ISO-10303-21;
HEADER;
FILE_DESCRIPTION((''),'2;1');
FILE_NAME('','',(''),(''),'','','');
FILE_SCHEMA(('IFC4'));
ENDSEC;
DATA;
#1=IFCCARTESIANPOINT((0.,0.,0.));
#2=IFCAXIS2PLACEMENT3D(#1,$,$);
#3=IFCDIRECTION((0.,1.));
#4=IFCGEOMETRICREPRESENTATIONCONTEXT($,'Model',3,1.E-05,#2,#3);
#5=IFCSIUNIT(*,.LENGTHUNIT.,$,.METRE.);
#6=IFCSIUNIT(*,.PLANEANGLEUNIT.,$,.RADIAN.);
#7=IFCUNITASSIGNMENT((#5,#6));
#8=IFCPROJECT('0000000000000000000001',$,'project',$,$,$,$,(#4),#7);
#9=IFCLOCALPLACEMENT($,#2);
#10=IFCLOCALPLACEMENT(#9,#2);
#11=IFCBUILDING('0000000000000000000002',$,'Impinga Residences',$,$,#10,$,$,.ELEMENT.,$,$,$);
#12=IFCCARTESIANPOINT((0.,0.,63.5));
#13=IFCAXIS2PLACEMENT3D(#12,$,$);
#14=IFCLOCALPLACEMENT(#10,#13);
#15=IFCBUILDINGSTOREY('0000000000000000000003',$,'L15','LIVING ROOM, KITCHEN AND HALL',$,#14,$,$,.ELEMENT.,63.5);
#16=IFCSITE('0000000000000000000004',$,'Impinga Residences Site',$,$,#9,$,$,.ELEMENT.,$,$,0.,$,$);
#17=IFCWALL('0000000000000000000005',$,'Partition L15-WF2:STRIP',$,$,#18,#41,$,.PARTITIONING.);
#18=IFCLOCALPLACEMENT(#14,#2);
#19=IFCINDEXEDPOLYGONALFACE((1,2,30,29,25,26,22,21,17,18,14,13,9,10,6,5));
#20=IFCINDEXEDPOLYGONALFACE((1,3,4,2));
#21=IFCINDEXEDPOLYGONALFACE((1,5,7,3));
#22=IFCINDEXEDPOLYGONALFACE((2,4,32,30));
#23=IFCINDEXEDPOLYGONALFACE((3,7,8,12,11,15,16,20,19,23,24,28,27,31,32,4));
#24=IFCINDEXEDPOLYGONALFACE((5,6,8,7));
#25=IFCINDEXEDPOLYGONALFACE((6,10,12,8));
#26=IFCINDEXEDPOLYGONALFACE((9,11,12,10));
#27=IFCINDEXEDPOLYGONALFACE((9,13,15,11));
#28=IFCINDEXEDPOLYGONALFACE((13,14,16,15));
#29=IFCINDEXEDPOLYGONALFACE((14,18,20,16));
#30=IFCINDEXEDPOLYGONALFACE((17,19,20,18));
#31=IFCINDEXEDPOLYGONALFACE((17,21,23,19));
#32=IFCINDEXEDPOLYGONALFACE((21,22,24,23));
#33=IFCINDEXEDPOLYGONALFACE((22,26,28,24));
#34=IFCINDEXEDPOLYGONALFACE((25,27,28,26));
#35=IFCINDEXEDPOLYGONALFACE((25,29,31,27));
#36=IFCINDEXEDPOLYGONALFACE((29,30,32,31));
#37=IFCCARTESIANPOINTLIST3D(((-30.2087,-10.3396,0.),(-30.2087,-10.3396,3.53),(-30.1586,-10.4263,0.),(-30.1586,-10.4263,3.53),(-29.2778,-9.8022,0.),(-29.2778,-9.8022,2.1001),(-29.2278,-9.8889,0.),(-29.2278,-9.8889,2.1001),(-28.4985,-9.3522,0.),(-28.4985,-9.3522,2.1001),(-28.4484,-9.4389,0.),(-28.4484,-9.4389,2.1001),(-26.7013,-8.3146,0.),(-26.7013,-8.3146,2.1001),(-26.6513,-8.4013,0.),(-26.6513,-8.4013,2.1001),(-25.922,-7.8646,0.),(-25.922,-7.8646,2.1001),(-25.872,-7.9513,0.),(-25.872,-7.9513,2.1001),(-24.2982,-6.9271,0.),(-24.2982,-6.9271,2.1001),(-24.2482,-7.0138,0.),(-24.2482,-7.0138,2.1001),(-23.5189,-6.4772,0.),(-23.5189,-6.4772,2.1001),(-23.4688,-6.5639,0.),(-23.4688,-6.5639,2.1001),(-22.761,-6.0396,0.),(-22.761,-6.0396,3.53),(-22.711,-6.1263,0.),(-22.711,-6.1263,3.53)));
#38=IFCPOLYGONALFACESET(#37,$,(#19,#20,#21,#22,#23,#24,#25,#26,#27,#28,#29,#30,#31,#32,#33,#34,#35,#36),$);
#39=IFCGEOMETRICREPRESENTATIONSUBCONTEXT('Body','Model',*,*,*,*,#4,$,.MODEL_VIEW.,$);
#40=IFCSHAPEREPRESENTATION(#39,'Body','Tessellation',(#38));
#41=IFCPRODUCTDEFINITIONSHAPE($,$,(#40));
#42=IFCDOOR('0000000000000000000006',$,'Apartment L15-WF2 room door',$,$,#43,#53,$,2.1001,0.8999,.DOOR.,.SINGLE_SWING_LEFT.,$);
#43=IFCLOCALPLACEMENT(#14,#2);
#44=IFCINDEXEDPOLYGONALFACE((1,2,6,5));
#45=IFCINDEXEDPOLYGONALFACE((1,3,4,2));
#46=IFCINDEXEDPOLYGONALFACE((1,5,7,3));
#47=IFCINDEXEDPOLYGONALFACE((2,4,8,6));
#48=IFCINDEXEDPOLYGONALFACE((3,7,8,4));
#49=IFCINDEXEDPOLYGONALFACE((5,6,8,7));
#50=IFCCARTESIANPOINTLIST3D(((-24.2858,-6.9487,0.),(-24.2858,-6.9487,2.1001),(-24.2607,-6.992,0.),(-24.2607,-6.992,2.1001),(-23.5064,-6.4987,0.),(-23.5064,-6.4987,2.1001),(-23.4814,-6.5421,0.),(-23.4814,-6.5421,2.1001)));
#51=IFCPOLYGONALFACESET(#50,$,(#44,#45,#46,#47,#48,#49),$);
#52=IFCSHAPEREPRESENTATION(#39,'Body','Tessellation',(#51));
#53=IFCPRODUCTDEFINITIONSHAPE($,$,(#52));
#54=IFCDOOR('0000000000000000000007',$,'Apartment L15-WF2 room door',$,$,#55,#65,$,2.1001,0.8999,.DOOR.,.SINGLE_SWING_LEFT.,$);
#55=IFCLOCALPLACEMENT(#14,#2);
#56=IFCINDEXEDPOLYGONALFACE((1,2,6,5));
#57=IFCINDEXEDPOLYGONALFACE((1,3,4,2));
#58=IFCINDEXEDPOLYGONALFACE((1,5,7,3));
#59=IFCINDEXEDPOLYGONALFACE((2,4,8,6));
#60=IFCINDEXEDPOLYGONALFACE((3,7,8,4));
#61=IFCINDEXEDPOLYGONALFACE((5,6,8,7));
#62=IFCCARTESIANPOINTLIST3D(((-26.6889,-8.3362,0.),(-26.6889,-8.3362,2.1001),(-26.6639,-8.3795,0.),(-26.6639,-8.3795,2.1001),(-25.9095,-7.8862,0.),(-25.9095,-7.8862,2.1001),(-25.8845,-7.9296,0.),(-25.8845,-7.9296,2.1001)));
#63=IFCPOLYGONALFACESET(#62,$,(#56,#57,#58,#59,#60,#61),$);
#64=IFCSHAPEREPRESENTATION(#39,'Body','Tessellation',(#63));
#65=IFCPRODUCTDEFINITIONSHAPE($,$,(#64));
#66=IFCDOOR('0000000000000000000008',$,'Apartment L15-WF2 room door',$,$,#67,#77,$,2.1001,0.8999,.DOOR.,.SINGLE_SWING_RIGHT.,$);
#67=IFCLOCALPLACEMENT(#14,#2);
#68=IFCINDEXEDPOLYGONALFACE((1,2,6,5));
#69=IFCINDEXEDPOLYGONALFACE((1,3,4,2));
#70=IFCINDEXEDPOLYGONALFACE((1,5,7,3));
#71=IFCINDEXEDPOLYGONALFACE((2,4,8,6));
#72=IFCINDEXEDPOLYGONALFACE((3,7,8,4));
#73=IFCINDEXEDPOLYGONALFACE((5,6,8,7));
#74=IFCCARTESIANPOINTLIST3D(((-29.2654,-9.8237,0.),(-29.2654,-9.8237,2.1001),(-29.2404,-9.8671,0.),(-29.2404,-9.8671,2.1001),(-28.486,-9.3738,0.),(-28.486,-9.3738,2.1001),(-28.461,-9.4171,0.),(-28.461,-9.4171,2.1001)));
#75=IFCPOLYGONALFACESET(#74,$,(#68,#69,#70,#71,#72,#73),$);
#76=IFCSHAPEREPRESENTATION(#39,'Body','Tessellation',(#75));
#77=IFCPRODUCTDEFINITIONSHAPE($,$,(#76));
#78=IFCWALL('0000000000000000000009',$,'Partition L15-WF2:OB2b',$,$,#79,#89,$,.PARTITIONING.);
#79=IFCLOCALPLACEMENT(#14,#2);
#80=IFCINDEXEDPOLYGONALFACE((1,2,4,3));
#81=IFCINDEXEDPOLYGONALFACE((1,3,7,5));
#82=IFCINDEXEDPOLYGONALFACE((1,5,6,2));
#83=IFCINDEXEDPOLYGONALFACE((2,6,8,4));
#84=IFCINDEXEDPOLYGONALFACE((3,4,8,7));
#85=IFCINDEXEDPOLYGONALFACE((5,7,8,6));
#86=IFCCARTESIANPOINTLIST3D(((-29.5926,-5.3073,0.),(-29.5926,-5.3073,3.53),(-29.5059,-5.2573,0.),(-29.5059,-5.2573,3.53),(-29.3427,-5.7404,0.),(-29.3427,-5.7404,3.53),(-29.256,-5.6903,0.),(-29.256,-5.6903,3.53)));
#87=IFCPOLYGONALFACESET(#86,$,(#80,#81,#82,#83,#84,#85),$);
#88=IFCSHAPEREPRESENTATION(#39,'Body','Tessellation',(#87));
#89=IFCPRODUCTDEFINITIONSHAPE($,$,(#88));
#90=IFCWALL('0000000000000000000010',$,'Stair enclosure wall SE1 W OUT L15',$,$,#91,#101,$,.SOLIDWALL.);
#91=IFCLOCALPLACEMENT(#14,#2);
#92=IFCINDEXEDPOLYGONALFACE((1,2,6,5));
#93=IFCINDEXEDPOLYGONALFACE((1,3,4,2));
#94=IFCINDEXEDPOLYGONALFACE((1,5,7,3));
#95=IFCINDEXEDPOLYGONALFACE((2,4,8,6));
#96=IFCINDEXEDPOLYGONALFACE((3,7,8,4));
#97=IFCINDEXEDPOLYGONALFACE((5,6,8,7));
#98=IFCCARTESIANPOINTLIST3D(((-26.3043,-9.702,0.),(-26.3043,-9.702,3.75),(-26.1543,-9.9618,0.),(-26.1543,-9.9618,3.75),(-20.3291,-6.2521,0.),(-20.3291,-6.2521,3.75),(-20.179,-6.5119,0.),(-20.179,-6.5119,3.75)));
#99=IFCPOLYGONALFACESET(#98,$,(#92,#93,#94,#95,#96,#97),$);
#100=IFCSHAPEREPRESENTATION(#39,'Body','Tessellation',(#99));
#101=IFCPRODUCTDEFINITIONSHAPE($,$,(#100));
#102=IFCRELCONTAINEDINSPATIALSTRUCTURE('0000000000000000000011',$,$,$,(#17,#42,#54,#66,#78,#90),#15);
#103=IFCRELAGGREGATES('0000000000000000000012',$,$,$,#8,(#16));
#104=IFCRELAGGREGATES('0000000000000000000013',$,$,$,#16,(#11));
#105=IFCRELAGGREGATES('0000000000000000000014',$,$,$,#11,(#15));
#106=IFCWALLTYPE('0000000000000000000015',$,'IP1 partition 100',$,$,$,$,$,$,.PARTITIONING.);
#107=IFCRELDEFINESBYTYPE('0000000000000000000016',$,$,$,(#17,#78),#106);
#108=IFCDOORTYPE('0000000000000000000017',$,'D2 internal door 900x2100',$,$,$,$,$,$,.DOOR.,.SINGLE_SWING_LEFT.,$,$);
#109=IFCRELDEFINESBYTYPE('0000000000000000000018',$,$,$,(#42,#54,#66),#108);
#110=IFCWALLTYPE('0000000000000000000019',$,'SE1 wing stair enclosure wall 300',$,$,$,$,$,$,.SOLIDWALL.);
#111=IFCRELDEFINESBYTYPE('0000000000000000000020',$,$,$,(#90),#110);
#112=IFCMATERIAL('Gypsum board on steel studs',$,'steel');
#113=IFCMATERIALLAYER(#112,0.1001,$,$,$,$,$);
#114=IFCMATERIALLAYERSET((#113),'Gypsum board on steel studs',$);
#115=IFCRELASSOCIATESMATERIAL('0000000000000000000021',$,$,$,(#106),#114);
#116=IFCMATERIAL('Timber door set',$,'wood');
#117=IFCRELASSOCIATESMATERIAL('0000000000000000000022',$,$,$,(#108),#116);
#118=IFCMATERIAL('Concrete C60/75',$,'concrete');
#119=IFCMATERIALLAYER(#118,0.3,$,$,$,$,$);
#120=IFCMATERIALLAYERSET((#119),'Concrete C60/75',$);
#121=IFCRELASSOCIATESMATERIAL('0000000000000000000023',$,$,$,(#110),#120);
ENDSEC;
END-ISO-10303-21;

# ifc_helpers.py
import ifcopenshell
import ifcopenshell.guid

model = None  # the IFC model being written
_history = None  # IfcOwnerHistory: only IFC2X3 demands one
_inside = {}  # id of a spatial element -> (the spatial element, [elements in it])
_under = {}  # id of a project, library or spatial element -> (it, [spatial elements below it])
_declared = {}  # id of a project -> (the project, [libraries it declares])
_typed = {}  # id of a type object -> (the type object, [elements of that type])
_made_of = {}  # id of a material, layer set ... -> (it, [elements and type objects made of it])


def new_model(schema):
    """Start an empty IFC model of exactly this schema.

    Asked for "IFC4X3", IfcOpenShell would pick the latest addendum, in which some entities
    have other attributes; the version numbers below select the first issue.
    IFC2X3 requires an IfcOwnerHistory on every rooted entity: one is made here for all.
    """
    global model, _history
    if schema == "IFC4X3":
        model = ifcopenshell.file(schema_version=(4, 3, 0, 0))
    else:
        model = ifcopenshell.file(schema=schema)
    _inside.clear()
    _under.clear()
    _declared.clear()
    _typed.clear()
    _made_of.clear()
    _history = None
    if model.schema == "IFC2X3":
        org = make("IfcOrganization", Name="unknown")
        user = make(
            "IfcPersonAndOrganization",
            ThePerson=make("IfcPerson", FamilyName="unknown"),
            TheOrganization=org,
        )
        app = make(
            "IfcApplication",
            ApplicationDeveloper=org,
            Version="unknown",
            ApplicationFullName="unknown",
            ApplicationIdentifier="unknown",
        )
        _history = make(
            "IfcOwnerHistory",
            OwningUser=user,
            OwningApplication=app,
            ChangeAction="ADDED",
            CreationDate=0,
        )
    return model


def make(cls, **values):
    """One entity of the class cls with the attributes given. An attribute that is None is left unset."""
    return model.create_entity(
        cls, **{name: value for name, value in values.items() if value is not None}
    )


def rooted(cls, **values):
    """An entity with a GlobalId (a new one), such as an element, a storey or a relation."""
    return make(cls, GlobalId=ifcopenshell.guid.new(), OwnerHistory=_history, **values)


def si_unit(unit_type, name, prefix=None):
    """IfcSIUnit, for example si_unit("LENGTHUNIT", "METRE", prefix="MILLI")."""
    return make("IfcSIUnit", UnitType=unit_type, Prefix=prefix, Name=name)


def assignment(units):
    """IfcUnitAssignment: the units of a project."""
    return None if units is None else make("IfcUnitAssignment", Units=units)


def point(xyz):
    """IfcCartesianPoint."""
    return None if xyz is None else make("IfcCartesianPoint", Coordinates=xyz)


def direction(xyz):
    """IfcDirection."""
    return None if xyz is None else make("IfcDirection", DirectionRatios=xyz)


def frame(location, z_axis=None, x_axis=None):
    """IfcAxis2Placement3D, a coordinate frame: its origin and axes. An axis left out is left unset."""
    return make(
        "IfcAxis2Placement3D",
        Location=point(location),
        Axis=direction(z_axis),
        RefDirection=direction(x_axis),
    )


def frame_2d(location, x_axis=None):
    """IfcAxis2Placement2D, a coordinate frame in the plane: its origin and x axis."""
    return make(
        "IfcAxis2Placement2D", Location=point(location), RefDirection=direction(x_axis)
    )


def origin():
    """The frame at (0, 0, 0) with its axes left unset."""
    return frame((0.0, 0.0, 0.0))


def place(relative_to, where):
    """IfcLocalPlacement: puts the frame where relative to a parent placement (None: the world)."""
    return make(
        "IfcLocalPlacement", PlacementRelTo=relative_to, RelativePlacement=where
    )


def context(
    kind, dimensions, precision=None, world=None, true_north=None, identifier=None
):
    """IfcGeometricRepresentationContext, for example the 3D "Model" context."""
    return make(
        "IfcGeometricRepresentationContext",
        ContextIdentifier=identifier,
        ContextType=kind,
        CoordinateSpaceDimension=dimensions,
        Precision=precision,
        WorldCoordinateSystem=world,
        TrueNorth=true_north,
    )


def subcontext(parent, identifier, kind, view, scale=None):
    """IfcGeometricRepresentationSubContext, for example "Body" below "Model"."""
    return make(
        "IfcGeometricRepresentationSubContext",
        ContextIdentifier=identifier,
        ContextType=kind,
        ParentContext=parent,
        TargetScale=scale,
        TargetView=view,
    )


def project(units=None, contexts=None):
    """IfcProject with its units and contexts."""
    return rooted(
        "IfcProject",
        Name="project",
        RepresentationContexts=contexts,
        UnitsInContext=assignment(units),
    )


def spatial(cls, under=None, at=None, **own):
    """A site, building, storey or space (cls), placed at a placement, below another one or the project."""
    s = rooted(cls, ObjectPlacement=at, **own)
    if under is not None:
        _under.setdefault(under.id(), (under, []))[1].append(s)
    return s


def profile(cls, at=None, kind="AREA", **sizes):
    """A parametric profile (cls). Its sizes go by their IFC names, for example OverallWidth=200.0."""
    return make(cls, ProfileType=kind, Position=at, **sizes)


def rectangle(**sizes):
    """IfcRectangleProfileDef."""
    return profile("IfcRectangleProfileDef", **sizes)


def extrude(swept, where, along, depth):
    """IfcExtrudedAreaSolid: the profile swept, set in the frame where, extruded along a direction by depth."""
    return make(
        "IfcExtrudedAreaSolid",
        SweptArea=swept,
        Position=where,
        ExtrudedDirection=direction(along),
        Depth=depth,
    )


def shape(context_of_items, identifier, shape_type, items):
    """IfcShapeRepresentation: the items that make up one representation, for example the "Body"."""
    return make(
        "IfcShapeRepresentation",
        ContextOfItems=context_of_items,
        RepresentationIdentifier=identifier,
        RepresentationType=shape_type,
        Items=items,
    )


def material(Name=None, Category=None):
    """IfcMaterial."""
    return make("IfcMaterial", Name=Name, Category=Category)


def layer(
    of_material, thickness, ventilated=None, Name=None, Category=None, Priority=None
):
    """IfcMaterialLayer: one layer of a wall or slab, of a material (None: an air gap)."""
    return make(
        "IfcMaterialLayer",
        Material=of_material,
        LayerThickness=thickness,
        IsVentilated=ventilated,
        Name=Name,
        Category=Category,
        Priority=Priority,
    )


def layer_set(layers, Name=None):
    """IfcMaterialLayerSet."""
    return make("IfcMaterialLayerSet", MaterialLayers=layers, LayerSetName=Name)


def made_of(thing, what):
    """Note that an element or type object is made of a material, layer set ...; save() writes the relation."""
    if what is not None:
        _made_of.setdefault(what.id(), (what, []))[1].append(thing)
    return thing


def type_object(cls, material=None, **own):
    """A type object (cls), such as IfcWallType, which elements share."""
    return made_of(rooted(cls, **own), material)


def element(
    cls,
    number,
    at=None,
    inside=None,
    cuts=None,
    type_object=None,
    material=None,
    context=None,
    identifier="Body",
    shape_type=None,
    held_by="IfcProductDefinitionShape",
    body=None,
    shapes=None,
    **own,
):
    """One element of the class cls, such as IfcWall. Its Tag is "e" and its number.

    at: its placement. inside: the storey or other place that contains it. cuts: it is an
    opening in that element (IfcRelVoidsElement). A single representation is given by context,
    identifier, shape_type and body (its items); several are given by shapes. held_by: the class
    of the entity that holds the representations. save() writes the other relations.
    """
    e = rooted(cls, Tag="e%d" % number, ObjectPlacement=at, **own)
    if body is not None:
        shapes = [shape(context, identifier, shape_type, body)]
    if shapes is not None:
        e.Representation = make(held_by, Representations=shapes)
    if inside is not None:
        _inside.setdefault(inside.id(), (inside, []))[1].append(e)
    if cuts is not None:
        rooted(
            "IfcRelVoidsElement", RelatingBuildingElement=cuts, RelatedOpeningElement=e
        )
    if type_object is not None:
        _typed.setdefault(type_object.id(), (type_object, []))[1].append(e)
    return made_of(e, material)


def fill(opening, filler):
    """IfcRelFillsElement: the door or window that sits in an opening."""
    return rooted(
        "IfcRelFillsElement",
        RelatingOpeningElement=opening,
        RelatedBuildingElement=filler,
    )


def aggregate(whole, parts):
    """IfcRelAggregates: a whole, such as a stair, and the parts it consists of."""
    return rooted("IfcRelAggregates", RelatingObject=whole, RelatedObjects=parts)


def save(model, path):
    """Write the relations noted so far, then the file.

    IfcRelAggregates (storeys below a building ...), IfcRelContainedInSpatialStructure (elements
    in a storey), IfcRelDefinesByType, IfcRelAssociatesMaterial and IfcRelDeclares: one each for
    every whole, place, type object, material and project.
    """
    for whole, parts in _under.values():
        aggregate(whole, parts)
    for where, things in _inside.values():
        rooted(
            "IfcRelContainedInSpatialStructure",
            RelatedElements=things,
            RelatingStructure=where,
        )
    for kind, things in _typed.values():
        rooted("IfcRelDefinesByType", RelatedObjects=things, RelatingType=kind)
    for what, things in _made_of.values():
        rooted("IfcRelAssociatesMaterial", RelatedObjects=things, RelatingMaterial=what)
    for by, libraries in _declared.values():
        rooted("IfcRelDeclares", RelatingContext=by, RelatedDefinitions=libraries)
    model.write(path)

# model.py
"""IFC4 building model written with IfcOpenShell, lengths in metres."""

from ifc_helpers import new_model, si_unit, direction, frame, frame_2d, origin, place, context, subcontext, project, spatial, rectangle, extrude, material, layer, layer_set, type_object, element, fill, save


model = new_model("IFC4")

# Units and contexts
model_context = context("Model", 3, precision=1e-05, world=origin(), true_north=direction((0.0, 1.0)))
body_context = subcontext(model_context, "Body", "Model", "MODEL_VIEW")
ifc_project = project(units=[si_unit("LENGTHUNIT", "METRE"), si_unit("PLANEANGLEUNIT", "RADIAN")], contexts=[model_context])

# Site, building, storey
site_placement = place(None, origin())
site = spatial("IfcSite", under=ifc_project, at=site_placement, Name="Impinga Residences Site", CompositionType="ELEMENT", RefElevation=0.0)
building_placement = place(site_placement, origin())
building = spatial("IfcBuilding", under=site, at=building_placement, Name="Impinga Residences", CompositionType="ELEMENT")
storey_placement = place(building_placement, frame((0.0, 0.0, 63.5)))
storey = spatial("IfcBuildingStorey", under=building, at=storey_placement, Name="L15", Description="LIVING ROOM, KITCHEN AND HALL", CompositionType="ELEMENT", Elevation=63.5)

# Shared definitions
ifc_material_1 = material(Name="Concrete C60/75", Category="concrete")

# Shared definitions
ifc_material_2 = material(Name="Gypsum board on steel studs", Category="steel")
ifc_layer_1 = layer(ifc_material_2, 0.1001)
ifc_layer_set_1 = layer_set([ifc_layer_1], Name="Gypsum board on steel studs")
wall_type_1 = type_object("IfcWallType", Name="IP1 partition 100", PredefinedType="PARTITIONING", material=ifc_layer_set_1)

# Wall, openings, doors
wall_1_placement = place(storey_placement, frame((-22.7361, -6.083, 0.0), z_axis=(0.0, 0.0, 1.0), x_axis=(-0.866021, -0.500008, 0.0)))
wall_1 = element("IfcWall", 1, at=wall_1_placement, inside=storey, type_object=wall_type_1, Name="Partition L15-WF2:STRIP", PredefinedType="PARTITIONING", context=body_context, shape_type="SweptSolid", body=[
    extrude(rectangle(XDim=8.5999, YDim=0.1001, at=frame_2d((4.2998, 0.0))), origin(), (0.0, 0.0, 1.0), 3.53),
])
opening_1_placement = place(wall_1_placement, frame((0.875, 0.0, 0.0)))
opening_1 = element("IfcOpeningElement", 2, at=opening_1_placement, cuts=wall_1, PredefinedType="OPENING", context=body_context, shape_type="SweptSolid", body=[
    extrude(rectangle(XDim=0.8999, YDim=2.1001, at=frame_2d((0.45, 1.05))), frame((0.0, 0.0601, 0.0), z_axis=(0.0, -1.0, 0.0), x_axis=(1.0, 0.0, 0.0)), (0.0, 0.0, 1.0), 0.1201),
])
opening_2_placement = place(wall_1_placement, frame((3.6499, 0.0, 0.0)))
opening_2 = element("IfcOpeningElement", 3, at=opening_2_placement, cuts=wall_1, PredefinedType="OPENING", context=body_context, shape_type="SweptSolid", body=[
    extrude(rectangle(XDim=0.8999, YDim=2.1001, at=frame_2d((0.45, 1.05))), frame((0.0, 0.0601, 0.0), z_axis=(0.0, -1.0, 0.0), x_axis=(1.0, 0.0, 0.0)), (0.0, 0.0, 1.0), 0.1201),
])
opening_3_placement = place(wall_1_placement, frame((6.625, 0.0, 0.0)))
opening_3 = element("IfcOpeningElement", 4, at=opening_3_placement, cuts=wall_1, PredefinedType="OPENING", context=body_context, shape_type="SweptSolid", body=[
    extrude(rectangle(XDim=0.8999, YDim=2.1001, at=frame_2d((0.45, 1.05))), frame((0.0, 0.0601, 0.0), z_axis=(0.0, -1.0, 0.0), x_axis=(1.0, 0.0, 0.0)), (0.0, 0.0, 1.0), 0.1201),
])
ifc_material_3 = material(Name="Timber door set", Category="wood")
door_type = type_object("IfcDoorType", Name="D2 internal door 900x2100", OperationType="SINGLE_SWING_LEFT", PredefinedType="DOOR", material=ifc_material_3)
door_1_placement = place(opening_1_placement, origin())
door_1 = element("IfcDoor", 5, at=door_1_placement, inside=storey, type_object=door_type, Name="Apartment L15-WF2 room door", OperationType="SINGLE_SWING_LEFT", OverallHeight=2.1001, OverallWidth=0.8999, PredefinedType="DOOR", context=body_context, shape_type="SweptSolid", body=[
    extrude(rectangle(XDim=0.8999, YDim=2.1001, at=frame_2d((0.45, 1.05))), frame((0.0, 0.0249, 0.0), z_axis=(0.0, -1.0, 0.0), x_axis=(1.0, 0.0, 0.0)), (0.0, 0.0, 1.0), 0.05),
])
fill(opening_1, door_1)
door_2_placement = place(opening_2_placement, origin())
door_2 = element("IfcDoor", 6, at=door_2_placement, inside=storey, type_object=door_type, Name="Apartment L15-WF2 room door", OperationType="SINGLE_SWING_LEFT", OverallHeight=2.1001, OverallWidth=0.8999, PredefinedType="DOOR", context=body_context, shape_type="SweptSolid", body=[
    extrude(rectangle(XDim=0.8999, YDim=2.1001, at=frame_2d((0.45, 1.05))), frame((0.0, 0.0249, 0.0), z_axis=(0.0, -1.0, 0.0), x_axis=(1.0, 0.0, 0.0)), (0.0, 0.0, 1.0), 0.05),
])
fill(opening_2, door_2)
door_3_placement = place(opening_3_placement, origin())
door_3 = element("IfcDoor", 7, at=door_3_placement, inside=storey, type_object=door_type, Name="Apartment L15-WF2 room door", OperationType="SINGLE_SWING_RIGHT", OverallHeight=2.1001, OverallWidth=0.8999, PredefinedType="DOOR", context=body_context, shape_type="SweptSolid", body=[
    extrude(rectangle(XDim=0.8999, YDim=2.1001, at=frame_2d((0.45, 1.05))), frame((0.0, 0.0249, 0.0), z_axis=(0.0, -1.0, 0.0), x_axis=(1.0, 0.0, 0.0)), (0.0, 0.0, 1.0), 0.05),
])
fill(opening_3, door_3)

# Walls
wall_2_placement = place(storey_placement, frame((-29.2993, -5.7153, 0.0), z_axis=(0.0, 0.0, 1.0), x_axis=(-0.49992, 0.866072, 0.0)))
element("IfcWall", 8, at=wall_2_placement, inside=storey, type_object=wall_type_1, Name="Partition L15-WF2:OB2b", PredefinedType="PARTITIONING", context=body_context, shape_type="SweptSolid", body=[
    extrude(rectangle(XDim=0.5, YDim=0.1001, at=frame_2d((0.25, 0.0))), origin(), (0.0, 0.0, 1.0), 3.53),
])
ifc_layer_2 = layer(ifc_material_1, 0.3)
ifc_layer_set_2 = layer_set([ifc_layer_2], Name="Concrete C60/75")
wall_type_2 = type_object("IfcWallType", Name="SE1 wing stair enclosure wall 300", PredefinedType="SOLIDWALL", material=ifc_layer_set_2)
wall_3_placement = place(storey_placement, frame((-20.2542, -6.3821, 0.0), z_axis=(0.0, 0.0, 1.0), x_axis=(-0.86602, -0.500009, 0.0)))
element("IfcWall", 9, at=wall_3_placement, inside=storey, type_object=wall_type_2, Name="Stair enclosure wall SE1 W OUT L15", PredefinedType="SOLIDWALL", context=body_context, shape_type="SweptSolid", body=[
    extrude(rectangle(XDim=6.8997, YDim=0.3, at=frame_2d((3.4497, 0.0))), origin(), (0.0, 0.0, 1.0), 3.75),
])

save(model, "model.ifc")
